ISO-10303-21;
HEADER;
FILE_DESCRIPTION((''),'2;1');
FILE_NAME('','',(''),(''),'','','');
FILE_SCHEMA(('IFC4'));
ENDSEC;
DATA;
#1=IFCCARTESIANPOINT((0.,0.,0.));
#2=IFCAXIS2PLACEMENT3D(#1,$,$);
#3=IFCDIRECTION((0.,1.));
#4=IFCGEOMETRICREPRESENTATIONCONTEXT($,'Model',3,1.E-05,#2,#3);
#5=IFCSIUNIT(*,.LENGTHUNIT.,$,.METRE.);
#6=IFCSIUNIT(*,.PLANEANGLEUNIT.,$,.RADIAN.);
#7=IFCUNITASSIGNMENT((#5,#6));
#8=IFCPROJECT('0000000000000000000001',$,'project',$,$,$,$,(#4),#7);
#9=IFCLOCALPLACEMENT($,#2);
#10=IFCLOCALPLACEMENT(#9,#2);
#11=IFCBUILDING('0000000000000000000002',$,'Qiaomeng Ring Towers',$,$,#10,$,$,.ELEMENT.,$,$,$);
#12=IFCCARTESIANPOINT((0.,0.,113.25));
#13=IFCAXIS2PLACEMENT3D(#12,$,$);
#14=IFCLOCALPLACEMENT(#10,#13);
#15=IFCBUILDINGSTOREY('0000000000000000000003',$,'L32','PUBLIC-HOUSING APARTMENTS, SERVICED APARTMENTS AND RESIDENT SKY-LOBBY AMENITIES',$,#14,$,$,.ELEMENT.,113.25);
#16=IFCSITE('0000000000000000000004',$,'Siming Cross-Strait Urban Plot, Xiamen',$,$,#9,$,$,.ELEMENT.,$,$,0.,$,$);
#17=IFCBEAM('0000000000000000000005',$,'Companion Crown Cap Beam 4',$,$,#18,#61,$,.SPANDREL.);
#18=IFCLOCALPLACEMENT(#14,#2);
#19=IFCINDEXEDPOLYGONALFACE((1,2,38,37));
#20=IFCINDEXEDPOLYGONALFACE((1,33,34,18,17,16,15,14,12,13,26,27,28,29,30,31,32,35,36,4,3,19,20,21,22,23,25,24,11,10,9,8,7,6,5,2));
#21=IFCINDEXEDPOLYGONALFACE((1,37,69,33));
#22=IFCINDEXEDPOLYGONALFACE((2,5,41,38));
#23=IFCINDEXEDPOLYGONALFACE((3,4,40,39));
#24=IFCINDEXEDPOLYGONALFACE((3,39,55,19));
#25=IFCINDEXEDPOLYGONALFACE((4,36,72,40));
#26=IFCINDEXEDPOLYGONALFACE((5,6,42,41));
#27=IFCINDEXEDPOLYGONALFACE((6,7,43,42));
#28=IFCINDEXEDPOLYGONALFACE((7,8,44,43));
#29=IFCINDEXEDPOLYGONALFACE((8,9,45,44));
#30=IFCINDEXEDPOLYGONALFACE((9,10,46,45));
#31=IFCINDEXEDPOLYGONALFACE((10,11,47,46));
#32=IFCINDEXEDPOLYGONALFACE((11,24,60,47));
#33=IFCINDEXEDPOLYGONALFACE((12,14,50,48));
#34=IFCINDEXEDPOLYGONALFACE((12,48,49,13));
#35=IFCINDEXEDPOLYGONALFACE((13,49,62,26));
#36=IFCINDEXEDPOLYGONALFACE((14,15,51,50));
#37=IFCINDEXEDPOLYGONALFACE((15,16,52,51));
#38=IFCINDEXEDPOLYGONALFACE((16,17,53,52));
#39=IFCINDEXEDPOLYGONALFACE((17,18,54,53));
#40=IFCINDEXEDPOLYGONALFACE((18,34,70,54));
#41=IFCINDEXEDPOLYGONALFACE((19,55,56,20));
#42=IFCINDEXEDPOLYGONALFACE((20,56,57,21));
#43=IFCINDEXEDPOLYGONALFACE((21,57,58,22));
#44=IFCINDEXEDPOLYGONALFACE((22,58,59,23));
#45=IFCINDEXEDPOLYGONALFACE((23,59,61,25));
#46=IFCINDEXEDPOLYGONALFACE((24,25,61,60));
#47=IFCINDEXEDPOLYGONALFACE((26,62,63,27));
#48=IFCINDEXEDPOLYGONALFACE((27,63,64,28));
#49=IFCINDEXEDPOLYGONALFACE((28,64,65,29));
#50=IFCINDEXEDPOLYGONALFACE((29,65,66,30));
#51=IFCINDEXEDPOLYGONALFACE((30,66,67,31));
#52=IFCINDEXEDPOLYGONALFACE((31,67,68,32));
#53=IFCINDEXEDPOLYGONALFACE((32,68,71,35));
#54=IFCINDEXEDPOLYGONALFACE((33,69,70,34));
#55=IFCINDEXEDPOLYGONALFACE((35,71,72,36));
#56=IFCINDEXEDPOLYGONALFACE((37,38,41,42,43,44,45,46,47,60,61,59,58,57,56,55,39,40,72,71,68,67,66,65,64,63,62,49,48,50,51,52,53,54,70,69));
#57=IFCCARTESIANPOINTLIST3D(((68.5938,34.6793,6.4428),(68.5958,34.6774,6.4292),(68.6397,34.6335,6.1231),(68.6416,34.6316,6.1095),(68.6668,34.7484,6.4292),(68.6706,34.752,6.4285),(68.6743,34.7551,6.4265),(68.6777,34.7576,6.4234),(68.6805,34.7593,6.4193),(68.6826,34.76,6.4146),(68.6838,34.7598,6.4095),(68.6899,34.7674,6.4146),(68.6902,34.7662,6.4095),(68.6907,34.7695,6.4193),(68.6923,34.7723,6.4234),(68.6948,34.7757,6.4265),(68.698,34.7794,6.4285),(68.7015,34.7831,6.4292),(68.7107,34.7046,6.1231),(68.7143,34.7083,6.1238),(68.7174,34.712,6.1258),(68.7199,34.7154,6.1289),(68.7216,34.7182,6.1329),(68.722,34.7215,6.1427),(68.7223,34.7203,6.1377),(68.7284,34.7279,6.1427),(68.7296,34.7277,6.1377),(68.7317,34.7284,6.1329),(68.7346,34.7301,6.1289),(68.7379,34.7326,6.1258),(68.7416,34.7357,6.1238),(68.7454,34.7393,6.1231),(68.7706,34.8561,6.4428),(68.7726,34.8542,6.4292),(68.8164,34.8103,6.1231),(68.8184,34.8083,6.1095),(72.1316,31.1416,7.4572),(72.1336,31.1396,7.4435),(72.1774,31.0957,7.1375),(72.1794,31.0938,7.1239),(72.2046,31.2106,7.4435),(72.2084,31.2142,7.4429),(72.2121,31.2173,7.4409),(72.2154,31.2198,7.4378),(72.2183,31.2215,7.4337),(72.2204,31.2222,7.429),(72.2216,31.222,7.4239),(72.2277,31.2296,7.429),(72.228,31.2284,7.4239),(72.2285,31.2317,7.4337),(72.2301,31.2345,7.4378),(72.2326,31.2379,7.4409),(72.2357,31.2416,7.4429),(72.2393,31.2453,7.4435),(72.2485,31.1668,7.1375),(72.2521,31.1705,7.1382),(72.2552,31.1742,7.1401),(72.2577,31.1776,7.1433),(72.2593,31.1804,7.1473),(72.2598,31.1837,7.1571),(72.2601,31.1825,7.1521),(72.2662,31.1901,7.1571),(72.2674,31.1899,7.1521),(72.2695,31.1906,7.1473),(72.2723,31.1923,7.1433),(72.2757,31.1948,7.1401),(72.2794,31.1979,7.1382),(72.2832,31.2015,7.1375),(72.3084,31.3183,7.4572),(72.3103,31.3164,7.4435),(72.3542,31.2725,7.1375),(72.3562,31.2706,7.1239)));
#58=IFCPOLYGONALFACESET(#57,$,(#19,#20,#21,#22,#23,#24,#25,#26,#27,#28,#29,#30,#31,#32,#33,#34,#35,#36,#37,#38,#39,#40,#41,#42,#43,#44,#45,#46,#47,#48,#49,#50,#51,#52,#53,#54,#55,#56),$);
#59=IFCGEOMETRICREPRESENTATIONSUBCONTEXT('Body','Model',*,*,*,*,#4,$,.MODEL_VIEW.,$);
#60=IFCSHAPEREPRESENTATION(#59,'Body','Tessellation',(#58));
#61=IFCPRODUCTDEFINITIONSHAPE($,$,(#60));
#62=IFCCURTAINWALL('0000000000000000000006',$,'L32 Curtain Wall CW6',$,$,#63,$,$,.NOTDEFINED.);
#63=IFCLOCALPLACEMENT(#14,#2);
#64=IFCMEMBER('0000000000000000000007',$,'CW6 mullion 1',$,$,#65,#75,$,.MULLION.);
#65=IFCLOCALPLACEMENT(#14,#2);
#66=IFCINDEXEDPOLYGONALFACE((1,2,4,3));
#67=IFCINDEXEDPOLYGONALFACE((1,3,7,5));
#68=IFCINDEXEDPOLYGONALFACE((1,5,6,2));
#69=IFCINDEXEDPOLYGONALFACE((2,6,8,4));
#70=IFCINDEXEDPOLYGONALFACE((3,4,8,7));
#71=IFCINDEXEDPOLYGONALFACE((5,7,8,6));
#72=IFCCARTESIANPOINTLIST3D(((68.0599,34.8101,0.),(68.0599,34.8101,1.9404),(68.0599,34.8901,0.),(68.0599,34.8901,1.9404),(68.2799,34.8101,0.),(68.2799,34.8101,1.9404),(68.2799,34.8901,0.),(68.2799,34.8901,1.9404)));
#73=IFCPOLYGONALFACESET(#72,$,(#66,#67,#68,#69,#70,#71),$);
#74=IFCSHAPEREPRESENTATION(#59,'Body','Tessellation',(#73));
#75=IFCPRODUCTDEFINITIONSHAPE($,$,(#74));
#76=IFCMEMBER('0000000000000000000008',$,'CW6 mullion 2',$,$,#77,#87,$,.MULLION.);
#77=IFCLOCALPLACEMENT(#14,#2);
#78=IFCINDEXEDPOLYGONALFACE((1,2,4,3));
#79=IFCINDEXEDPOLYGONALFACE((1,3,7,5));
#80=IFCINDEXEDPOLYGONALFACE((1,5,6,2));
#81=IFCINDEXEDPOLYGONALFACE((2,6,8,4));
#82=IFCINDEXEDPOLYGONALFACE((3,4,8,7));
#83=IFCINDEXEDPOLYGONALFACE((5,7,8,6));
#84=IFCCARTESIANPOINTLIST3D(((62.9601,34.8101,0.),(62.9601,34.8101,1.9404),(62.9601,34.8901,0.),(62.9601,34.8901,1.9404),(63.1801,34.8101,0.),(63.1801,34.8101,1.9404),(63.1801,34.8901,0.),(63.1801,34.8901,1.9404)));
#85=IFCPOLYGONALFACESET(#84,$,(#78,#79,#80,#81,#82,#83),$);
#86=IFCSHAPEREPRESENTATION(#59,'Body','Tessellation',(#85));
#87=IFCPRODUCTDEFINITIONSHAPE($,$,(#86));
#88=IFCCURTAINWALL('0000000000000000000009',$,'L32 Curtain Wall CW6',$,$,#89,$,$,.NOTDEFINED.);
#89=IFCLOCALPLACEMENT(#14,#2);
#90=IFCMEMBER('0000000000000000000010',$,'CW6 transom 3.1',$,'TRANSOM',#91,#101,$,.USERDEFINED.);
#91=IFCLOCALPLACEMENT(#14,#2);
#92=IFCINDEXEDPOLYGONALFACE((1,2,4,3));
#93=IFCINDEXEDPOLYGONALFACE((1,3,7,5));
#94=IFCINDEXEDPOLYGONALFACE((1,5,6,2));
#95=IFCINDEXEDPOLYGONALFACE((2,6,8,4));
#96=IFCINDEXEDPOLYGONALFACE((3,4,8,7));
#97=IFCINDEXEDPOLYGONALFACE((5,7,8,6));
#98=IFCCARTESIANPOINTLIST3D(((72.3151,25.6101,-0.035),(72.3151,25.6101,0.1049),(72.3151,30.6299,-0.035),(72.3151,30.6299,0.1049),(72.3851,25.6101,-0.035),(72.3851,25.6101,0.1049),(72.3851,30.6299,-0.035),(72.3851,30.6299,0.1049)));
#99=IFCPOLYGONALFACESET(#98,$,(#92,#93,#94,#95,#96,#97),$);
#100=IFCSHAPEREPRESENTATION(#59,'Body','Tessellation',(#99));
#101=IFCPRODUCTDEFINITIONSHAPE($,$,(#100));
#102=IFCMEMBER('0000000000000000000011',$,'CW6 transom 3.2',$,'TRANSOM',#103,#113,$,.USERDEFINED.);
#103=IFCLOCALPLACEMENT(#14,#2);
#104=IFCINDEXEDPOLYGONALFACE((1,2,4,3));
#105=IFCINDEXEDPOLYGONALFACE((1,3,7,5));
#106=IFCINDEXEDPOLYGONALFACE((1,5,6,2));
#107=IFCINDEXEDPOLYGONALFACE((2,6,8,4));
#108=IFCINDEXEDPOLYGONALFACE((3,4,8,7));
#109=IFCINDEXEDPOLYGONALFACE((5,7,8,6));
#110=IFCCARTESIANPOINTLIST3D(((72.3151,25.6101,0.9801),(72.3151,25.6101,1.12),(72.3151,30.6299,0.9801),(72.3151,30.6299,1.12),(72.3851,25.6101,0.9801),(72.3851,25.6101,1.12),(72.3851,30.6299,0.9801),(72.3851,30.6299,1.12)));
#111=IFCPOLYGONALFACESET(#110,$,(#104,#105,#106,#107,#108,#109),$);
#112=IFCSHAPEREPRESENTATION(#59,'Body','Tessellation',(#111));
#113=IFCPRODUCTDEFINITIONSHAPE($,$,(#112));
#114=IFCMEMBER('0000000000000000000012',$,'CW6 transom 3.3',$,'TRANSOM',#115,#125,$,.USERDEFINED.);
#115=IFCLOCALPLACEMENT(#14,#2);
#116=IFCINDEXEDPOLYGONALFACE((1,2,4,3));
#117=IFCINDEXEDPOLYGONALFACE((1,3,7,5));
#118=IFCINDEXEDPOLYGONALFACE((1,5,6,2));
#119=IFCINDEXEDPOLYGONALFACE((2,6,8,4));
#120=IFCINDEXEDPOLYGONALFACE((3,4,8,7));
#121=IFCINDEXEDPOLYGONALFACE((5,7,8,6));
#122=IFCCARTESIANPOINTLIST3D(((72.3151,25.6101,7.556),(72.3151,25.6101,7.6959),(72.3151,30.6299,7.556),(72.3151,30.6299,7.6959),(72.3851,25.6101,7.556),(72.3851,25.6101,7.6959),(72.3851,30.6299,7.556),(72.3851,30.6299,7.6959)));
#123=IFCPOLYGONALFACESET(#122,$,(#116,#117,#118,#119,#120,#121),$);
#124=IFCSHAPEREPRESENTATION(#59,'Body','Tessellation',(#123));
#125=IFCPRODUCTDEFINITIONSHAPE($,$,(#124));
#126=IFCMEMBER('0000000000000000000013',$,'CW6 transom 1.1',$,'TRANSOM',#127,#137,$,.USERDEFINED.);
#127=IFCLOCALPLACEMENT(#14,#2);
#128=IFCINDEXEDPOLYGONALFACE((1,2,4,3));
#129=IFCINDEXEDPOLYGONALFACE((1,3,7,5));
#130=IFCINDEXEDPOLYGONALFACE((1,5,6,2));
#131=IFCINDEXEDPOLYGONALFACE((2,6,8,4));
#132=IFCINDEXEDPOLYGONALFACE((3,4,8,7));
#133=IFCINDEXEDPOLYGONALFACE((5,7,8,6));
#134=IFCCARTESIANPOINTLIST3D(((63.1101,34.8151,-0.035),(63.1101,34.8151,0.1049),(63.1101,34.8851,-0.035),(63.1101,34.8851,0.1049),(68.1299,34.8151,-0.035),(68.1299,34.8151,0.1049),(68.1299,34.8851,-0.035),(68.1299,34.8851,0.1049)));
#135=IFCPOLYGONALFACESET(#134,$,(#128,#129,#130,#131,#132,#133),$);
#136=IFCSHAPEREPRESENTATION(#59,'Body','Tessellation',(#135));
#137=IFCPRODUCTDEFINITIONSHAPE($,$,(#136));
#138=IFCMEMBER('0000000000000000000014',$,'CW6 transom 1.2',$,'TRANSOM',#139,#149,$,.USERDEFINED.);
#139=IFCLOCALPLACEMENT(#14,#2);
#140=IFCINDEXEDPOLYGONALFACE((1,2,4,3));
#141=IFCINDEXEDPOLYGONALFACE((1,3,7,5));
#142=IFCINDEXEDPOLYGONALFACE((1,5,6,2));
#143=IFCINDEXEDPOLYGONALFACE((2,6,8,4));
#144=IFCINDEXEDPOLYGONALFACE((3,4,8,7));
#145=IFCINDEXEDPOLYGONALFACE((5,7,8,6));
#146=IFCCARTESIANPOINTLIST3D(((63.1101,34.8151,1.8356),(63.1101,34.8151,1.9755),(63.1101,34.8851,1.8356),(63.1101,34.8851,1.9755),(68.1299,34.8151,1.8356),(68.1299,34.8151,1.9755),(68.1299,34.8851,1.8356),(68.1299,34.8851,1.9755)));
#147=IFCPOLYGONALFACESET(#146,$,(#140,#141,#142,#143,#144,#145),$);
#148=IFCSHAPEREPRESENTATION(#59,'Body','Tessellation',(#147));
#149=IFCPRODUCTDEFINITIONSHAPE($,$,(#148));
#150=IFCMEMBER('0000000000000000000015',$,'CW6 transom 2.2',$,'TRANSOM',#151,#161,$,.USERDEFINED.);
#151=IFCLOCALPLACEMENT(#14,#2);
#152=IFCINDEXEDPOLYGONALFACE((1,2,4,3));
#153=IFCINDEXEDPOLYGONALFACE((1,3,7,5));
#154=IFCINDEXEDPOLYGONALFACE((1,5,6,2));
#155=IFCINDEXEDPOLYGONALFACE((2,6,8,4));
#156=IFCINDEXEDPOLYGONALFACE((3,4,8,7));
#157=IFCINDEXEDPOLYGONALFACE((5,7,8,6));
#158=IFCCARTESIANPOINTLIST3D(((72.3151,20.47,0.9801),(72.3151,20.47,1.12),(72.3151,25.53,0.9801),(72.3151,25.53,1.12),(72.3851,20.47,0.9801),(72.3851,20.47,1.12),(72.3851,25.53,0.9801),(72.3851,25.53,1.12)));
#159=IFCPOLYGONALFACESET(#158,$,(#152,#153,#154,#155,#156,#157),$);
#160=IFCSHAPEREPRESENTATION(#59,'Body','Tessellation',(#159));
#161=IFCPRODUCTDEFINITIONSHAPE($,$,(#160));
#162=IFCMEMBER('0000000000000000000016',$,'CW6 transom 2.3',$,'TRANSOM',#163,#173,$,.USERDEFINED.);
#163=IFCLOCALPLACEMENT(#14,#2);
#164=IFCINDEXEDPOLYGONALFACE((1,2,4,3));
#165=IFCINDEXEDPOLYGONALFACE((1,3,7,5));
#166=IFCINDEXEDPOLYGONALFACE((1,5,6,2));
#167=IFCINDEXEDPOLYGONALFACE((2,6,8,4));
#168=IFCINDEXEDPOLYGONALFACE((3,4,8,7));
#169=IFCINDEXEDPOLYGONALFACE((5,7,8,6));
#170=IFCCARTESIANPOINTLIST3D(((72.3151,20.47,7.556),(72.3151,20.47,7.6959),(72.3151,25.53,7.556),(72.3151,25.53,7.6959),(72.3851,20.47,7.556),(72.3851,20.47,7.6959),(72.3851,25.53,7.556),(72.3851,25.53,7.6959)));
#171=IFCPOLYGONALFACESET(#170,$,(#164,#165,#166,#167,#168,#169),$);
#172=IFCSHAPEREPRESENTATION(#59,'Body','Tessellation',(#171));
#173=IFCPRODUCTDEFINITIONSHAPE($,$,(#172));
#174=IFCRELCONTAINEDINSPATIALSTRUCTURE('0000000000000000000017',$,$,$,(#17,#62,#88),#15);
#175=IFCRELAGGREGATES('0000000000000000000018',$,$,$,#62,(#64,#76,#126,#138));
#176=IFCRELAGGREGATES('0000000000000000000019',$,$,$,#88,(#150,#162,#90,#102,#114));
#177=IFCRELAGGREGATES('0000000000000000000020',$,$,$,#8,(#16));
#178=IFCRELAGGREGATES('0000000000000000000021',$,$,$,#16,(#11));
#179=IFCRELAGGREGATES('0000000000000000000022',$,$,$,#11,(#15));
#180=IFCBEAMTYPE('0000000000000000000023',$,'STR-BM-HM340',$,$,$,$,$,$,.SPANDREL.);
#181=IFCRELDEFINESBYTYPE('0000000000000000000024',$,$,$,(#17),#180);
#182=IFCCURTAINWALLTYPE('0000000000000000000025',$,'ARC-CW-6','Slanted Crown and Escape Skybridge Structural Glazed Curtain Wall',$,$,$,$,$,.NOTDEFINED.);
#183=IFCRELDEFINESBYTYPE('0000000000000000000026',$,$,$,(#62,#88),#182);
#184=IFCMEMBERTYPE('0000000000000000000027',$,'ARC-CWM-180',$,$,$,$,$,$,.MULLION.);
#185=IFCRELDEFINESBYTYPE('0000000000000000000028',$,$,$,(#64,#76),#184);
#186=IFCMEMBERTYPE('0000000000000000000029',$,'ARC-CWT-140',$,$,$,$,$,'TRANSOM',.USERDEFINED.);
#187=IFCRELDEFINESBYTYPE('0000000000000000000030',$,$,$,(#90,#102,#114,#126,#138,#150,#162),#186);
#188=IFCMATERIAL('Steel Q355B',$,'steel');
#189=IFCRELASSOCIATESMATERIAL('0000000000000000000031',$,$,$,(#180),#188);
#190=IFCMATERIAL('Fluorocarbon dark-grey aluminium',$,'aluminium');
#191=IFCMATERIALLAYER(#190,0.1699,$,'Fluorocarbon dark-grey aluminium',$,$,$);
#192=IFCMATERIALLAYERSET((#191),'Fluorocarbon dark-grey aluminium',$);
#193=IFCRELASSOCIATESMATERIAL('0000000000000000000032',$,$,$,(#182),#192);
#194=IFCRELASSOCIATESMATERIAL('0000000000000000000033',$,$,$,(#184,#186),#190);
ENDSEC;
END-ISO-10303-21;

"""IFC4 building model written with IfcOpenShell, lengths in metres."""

from ifc_helpers import new_model, si_unit, direction, frame, origin, origin_2d, place, context, subcontext, project, spatial, rectangle, i_section, extrude, source, transform, mapped, material, layer, layer_set, material_profile, profile_set, type_object, element, aggregate, save


model = new_model("IFC4")

# Units and contexts
model_context = context("Model", 3, precision=1e-05, world=origin(), true_north=direction((0.0, 1.0)))
body_context = subcontext(model_context, "Body", "Model", "MODEL_VIEW")
ifc_project = project(units=[si_unit("LENGTHUNIT", "METRE"), si_unit("PLANEANGLEUNIT", "RADIAN")], contexts=[model_context])

# Site, building, storey
site_placement = place(None, origin())
site = spatial("IfcSite", under=ifc_project, at=site_placement, Name="Siming Cross-Strait Urban Plot, Xiamen", CompositionType="ELEMENT", RefElevation=0.0)
building_placement = place(site_placement, origin())
building = spatial("IfcBuilding", under=site, at=building_placement, Name="Qiaomeng Ring Towers", CompositionType="ELEMENT")
storey_placement = place(building_placement, frame((0.0, 0.0, 113.25)))
storey = spatial("IfcBuildingStorey", under=building, at=storey_placement, Name="L32", Description="PUBLIC-HOUSING APARTMENTS, SERVICED APARTMENTS AND RESIDENT SKY-LOBBY AMENITIES", CompositionType="ELEMENT", Elevation=113.25)

# Shared definitions
ifc_material_1 = material(Name="Steel Q355B", Category="steel")

# Beam
ifc_material_profile_1 = material_profile(ifc_material_1, i_section(OverallWidth=0.25, OverallDepth=0.3401, WebThickness=0.009, FlangeThickness=0.0139, FilletRadius=0.02, at=origin_2d()), Name="HM 340x250x9x14")
ifc_profile_set_1 = profile_set([ifc_material_profile_1], Name="Steel Q355B")
beam_type = type_object("IfcBeamType", Name="STR-BM-HM340", PredefinedType="SPANDREL", material=ifc_profile_set_1)
shared_shape_1 = source(origin(), body_context, "Body", "SweptSolid", [
    extrude(i_section(OverallWidth=0.25, OverallDepth=0.3401, WebThickness=0.009, FlangeThickness=0.0139, FilletRadius=0.02, at=origin_2d()), origin(), (0.0, 0.0, 1.0), 5.105),
])
beam_1_placement = place(storey_placement, frame((72.2439, 31.2061, 7.2905), z_axis=(-0.693007, 0.693007, -0.198706), x_axis=(-0.707107, -0.707107, 0.0)))
element("IfcBeam", 1, at=beam_1_placement, inside=storey, type_object=beam_type, Name="Companion Crown Cap Beam 4", PredefinedType="SPANDREL", context=body_context, shape_type="MappedRepresentation", body=[
    mapped(shared_shape_1, transform((0.0, 0.0, 0.0), x_axis=(1.0, 0.0, 0.0), y_axis=(0.0, 1.0, 0.0), z_axis=(0.0, 0.0, 1.0), scale=1.0)),
])

# Curtain walls, members
ifc_material_2 = material(Name="Fluorocarbon dark-grey aluminium", Category="aluminium")
ifc_layer_1 = layer(ifc_material_2, 0.1699, Name="Fluorocarbon dark-grey aluminium")
ifc_layer_set_1 = layer_set([ifc_layer_1], Name="Fluorocarbon dark-grey aluminium")
curtain_wall_type = type_object("IfcCurtainWallType", Name="ARC-CW-6", Description="Slanted Crown and Escape Skybridge Structural Glazed Curtain Wall", PredefinedType="NOTDEFINED", material=ifc_layer_set_1)
curtain_wall_1_placement = place(storey_placement, origin())
curtain_wall_1 = element("IfcCurtainWall", 2, at=curtain_wall_1_placement, inside=storey, type_object=curtain_wall_type, Name="L32 Curtain Wall CW6", PredefinedType="NOTDEFINED")
ifc_material_profile_2 = material_profile(ifc_material_2, rectangle(XDim=0.0801, YDim=0.22, at=origin_2d()), Name="ALU MULL 80x220")
ifc_profile_set_2 = profile_set([ifc_material_profile_2], Name="Fluorocarbon dark-grey aluminium")
member_type_1 = type_object("IfcMemberType", Name="ARC-CWM-180", PredefinedType="MULLION", material=ifc_profile_set_2)
shared_shape_2 = source(origin(), body_context, "Body", "SweptSolid", [
    extrude(rectangle(XDim=0.0801, YDim=0.22, at=origin_2d()), origin(), (0.0, 0.0, 1.0), 1.9404),
])
member_1_placement = place(storey_placement, frame((68.1699, 34.8501, 0.0), z_axis=(0.0, 0.0, 1.0), x_axis=(0.0, -1.0, 0.0)))
member_1 = element("IfcMember", 3, at=member_1_placement, type_object=member_type_1, Name="CW6 mullion 1", PredefinedType="MULLION", context=body_context, shape_type="MappedRepresentation", body=[
    mapped(shared_shape_2, transform((0.0, 0.0, 0.0), x_axis=(1.0, 0.0, 0.0), y_axis=(0.0, 1.0, 0.0), z_axis=(0.0, 0.0, 1.0), scale=1.0)),
])
member_2_placement = place(storey_placement, frame((63.0701, 34.8501, 0.0), z_axis=(0.0, 0.0, 1.0), x_axis=(0.0, -1.0, 0.0)))
member_2 = element("IfcMember", 4, at=member_2_placement, type_object=member_type_1, Name="CW6 mullion 2", PredefinedType="MULLION", context=body_context, shape_type="MappedRepresentation", body=[
    mapped(shared_shape_2, transform((0.0, 0.0, 0.0), x_axis=(1.0, 0.0, 0.0), y_axis=(0.0, 1.0, 0.0), z_axis=(0.0, 0.0, 1.0), scale=1.0)),
])
curtain_wall_2_placement = place(storey_placement, origin())
curtain_wall_2 = element("IfcCurtainWall", 5, at=curtain_wall_2_placement, inside=storey, type_object=curtain_wall_type, Name="L32 Curtain Wall CW6", PredefinedType="NOTDEFINED")
ifc_material_profile_3 = material_profile(ifc_material_2, rectangle(XDim=0.0701, YDim=0.1399, at=origin_2d()), Name="ALU TRAN 70x140")
ifc_profile_set_3 = profile_set([ifc_material_profile_3], Name="Fluorocarbon dark-grey aluminium")
member_type_2 = type_object("IfcMemberType", Name="ARC-CWT-140", ElementType="TRANSOM", PredefinedType="USERDEFINED", material=ifc_profile_set_3)
shared_shape_3 = source(origin(), body_context, "Body", "SweptSolid", [
    extrude(rectangle(XDim=0.0701, YDim=0.1399, at=origin_2d()), origin(), (0.0, 0.0, 1.0), 5.0198),
])
member_3_placement = place(storey_placement, frame((72.3501, 25.6101, 0.0349), z_axis=(0.0, 1.0, 0.0), x_axis=(-1.0, 0.0, 0.0)))
member_3 = element("IfcMember", 6, at=member_3_placement, type_object=member_type_2, Name="CW6 transom 3.1", ObjectType="TRANSOM", PredefinedType="USERDEFINED", context=body_context, shape_type="MappedRepresentation", body=[
    mapped(shared_shape_3, transform((0.0, 0.0, 0.0), x_axis=(1.0, 0.0, 0.0), y_axis=(0.0, 1.0, 0.0), z_axis=(0.0, 0.0, 1.0), scale=1.0)),
])
member_4_placement = place(storey_placement, frame((72.3501, 25.6101, 1.05), z_axis=(0.0, 1.0, 0.0), x_axis=(-1.0, 0.0, 0.0)))
member_4 = element("IfcMember", 7, at=member_4_placement, type_object=member_type_2, Name="CW6 transom 3.2", ObjectType="TRANSOM", PredefinedType="USERDEFINED", context=body_context, shape_type="MappedRepresentation", body=[
    mapped(shared_shape_3, transform((0.0, 0.0, 0.0), x_axis=(1.0, 0.0, 0.0), y_axis=(0.0, 1.0, 0.0), z_axis=(0.0, 0.0, 1.0), scale=1.0)),
])
member_5_placement = place(storey_placement, frame((72.3501, 25.6101, 7.626), z_axis=(0.0, 1.0, 0.0), x_axis=(-1.0, 0.0, 0.0)))
member_5 = element("IfcMember", 8, at=member_5_placement, type_object=member_type_2, Name="CW6 transom 3.3", ObjectType="TRANSOM", PredefinedType="USERDEFINED", context=body_context, shape_type="MappedRepresentation", body=[
    mapped(shared_shape_3, transform((0.0, 0.0, 0.0), x_axis=(1.0, 0.0, 0.0), y_axis=(0.0, 1.0, 0.0), z_axis=(0.0, 0.0, 1.0), scale=1.0)),
])

# Members
member_6_placement = place(storey_placement, frame((68.1299, 34.8501, 0.0349), z_axis=(-1.0, 0.0, 0.0), x_axis=(0.0, -1.0, 0.0)))
member_6 = element("IfcMember", 9, at=member_6_placement, type_object=member_type_2, Name="CW6 transom 1.1", ObjectType="TRANSOM", PredefinedType="USERDEFINED", context=body_context, shape_type="MappedRepresentation", body=[
    mapped(shared_shape_3, transform((0.0, 0.0, 0.0), x_axis=(1.0, 0.0, 0.0), y_axis=(0.0, 1.0, 0.0), z_axis=(0.0, 0.0, 1.0), scale=1.0)),
])
member_7_placement = place(storey_placement, frame((68.1299, 34.8501, 1.9055), z_axis=(-1.0, 0.0, 0.0), x_axis=(0.0, -1.0, 0.0)))
member_7 = element("IfcMember", 10, at=member_7_placement, type_object=member_type_2, Name="CW6 transom 1.2", ObjectType="TRANSOM", PredefinedType="USERDEFINED", context=body_context, shape_type="MappedRepresentation", body=[
    mapped(shared_shape_3, transform((0.0, 0.0, 0.0), x_axis=(1.0, 0.0, 0.0), y_axis=(0.0, 1.0, 0.0), z_axis=(0.0, 0.0, 1.0), scale=1.0)),
])
shared_shape_4 = source(origin(), body_context, "Body", "SweptSolid", [
    extrude(rectangle(XDim=0.0701, YDim=0.1399, at=origin_2d()), origin(), (0.0, 0.0, 1.0), 5.0601),
])
member_8_placement = place(storey_placement, frame((72.3501, 20.47, 1.05), z_axis=(0.0, 1.0, 0.0), x_axis=(-1.0, 0.0, 0.0)))
member_8 = element("IfcMember", 11, at=member_8_placement, type_object=member_type_2, Name="CW6 transom 2.2", ObjectType="TRANSOM", PredefinedType="USERDEFINED", context=body_context, shape_type="MappedRepresentation", body=[
    mapped(shared_shape_4, transform((0.0, 0.0, 0.0), x_axis=(1.0, 0.0, 0.0), y_axis=(0.0, 1.0, 0.0), z_axis=(0.0, 0.0, 1.0), scale=1.0)),
])
member_9_placement = place(storey_placement, frame((72.3501, 20.47, 7.626), z_axis=(0.0, 1.0, 0.0), x_axis=(-1.0, 0.0, 0.0)))
member_9 = element("IfcMember", 12, at=member_9_placement, type_object=member_type_2, Name="CW6 transom 2.3", ObjectType="TRANSOM", PredefinedType="USERDEFINED", context=body_context, shape_type="MappedRepresentation", body=[
    mapped(shared_shape_4, transform((0.0, 0.0, 0.0), x_axis=(1.0, 0.0, 0.0), y_axis=(0.0, 1.0, 0.0), z_axis=(0.0, 0.0, 1.0), scale=1.0)),
])

aggregate(curtain_wall_1, [member_1, member_2, member_6, member_7])
aggregate(curtain_wall_2, [member_8, member_9, member_3, member_4, member_5])

save(model, "model.ifc")
